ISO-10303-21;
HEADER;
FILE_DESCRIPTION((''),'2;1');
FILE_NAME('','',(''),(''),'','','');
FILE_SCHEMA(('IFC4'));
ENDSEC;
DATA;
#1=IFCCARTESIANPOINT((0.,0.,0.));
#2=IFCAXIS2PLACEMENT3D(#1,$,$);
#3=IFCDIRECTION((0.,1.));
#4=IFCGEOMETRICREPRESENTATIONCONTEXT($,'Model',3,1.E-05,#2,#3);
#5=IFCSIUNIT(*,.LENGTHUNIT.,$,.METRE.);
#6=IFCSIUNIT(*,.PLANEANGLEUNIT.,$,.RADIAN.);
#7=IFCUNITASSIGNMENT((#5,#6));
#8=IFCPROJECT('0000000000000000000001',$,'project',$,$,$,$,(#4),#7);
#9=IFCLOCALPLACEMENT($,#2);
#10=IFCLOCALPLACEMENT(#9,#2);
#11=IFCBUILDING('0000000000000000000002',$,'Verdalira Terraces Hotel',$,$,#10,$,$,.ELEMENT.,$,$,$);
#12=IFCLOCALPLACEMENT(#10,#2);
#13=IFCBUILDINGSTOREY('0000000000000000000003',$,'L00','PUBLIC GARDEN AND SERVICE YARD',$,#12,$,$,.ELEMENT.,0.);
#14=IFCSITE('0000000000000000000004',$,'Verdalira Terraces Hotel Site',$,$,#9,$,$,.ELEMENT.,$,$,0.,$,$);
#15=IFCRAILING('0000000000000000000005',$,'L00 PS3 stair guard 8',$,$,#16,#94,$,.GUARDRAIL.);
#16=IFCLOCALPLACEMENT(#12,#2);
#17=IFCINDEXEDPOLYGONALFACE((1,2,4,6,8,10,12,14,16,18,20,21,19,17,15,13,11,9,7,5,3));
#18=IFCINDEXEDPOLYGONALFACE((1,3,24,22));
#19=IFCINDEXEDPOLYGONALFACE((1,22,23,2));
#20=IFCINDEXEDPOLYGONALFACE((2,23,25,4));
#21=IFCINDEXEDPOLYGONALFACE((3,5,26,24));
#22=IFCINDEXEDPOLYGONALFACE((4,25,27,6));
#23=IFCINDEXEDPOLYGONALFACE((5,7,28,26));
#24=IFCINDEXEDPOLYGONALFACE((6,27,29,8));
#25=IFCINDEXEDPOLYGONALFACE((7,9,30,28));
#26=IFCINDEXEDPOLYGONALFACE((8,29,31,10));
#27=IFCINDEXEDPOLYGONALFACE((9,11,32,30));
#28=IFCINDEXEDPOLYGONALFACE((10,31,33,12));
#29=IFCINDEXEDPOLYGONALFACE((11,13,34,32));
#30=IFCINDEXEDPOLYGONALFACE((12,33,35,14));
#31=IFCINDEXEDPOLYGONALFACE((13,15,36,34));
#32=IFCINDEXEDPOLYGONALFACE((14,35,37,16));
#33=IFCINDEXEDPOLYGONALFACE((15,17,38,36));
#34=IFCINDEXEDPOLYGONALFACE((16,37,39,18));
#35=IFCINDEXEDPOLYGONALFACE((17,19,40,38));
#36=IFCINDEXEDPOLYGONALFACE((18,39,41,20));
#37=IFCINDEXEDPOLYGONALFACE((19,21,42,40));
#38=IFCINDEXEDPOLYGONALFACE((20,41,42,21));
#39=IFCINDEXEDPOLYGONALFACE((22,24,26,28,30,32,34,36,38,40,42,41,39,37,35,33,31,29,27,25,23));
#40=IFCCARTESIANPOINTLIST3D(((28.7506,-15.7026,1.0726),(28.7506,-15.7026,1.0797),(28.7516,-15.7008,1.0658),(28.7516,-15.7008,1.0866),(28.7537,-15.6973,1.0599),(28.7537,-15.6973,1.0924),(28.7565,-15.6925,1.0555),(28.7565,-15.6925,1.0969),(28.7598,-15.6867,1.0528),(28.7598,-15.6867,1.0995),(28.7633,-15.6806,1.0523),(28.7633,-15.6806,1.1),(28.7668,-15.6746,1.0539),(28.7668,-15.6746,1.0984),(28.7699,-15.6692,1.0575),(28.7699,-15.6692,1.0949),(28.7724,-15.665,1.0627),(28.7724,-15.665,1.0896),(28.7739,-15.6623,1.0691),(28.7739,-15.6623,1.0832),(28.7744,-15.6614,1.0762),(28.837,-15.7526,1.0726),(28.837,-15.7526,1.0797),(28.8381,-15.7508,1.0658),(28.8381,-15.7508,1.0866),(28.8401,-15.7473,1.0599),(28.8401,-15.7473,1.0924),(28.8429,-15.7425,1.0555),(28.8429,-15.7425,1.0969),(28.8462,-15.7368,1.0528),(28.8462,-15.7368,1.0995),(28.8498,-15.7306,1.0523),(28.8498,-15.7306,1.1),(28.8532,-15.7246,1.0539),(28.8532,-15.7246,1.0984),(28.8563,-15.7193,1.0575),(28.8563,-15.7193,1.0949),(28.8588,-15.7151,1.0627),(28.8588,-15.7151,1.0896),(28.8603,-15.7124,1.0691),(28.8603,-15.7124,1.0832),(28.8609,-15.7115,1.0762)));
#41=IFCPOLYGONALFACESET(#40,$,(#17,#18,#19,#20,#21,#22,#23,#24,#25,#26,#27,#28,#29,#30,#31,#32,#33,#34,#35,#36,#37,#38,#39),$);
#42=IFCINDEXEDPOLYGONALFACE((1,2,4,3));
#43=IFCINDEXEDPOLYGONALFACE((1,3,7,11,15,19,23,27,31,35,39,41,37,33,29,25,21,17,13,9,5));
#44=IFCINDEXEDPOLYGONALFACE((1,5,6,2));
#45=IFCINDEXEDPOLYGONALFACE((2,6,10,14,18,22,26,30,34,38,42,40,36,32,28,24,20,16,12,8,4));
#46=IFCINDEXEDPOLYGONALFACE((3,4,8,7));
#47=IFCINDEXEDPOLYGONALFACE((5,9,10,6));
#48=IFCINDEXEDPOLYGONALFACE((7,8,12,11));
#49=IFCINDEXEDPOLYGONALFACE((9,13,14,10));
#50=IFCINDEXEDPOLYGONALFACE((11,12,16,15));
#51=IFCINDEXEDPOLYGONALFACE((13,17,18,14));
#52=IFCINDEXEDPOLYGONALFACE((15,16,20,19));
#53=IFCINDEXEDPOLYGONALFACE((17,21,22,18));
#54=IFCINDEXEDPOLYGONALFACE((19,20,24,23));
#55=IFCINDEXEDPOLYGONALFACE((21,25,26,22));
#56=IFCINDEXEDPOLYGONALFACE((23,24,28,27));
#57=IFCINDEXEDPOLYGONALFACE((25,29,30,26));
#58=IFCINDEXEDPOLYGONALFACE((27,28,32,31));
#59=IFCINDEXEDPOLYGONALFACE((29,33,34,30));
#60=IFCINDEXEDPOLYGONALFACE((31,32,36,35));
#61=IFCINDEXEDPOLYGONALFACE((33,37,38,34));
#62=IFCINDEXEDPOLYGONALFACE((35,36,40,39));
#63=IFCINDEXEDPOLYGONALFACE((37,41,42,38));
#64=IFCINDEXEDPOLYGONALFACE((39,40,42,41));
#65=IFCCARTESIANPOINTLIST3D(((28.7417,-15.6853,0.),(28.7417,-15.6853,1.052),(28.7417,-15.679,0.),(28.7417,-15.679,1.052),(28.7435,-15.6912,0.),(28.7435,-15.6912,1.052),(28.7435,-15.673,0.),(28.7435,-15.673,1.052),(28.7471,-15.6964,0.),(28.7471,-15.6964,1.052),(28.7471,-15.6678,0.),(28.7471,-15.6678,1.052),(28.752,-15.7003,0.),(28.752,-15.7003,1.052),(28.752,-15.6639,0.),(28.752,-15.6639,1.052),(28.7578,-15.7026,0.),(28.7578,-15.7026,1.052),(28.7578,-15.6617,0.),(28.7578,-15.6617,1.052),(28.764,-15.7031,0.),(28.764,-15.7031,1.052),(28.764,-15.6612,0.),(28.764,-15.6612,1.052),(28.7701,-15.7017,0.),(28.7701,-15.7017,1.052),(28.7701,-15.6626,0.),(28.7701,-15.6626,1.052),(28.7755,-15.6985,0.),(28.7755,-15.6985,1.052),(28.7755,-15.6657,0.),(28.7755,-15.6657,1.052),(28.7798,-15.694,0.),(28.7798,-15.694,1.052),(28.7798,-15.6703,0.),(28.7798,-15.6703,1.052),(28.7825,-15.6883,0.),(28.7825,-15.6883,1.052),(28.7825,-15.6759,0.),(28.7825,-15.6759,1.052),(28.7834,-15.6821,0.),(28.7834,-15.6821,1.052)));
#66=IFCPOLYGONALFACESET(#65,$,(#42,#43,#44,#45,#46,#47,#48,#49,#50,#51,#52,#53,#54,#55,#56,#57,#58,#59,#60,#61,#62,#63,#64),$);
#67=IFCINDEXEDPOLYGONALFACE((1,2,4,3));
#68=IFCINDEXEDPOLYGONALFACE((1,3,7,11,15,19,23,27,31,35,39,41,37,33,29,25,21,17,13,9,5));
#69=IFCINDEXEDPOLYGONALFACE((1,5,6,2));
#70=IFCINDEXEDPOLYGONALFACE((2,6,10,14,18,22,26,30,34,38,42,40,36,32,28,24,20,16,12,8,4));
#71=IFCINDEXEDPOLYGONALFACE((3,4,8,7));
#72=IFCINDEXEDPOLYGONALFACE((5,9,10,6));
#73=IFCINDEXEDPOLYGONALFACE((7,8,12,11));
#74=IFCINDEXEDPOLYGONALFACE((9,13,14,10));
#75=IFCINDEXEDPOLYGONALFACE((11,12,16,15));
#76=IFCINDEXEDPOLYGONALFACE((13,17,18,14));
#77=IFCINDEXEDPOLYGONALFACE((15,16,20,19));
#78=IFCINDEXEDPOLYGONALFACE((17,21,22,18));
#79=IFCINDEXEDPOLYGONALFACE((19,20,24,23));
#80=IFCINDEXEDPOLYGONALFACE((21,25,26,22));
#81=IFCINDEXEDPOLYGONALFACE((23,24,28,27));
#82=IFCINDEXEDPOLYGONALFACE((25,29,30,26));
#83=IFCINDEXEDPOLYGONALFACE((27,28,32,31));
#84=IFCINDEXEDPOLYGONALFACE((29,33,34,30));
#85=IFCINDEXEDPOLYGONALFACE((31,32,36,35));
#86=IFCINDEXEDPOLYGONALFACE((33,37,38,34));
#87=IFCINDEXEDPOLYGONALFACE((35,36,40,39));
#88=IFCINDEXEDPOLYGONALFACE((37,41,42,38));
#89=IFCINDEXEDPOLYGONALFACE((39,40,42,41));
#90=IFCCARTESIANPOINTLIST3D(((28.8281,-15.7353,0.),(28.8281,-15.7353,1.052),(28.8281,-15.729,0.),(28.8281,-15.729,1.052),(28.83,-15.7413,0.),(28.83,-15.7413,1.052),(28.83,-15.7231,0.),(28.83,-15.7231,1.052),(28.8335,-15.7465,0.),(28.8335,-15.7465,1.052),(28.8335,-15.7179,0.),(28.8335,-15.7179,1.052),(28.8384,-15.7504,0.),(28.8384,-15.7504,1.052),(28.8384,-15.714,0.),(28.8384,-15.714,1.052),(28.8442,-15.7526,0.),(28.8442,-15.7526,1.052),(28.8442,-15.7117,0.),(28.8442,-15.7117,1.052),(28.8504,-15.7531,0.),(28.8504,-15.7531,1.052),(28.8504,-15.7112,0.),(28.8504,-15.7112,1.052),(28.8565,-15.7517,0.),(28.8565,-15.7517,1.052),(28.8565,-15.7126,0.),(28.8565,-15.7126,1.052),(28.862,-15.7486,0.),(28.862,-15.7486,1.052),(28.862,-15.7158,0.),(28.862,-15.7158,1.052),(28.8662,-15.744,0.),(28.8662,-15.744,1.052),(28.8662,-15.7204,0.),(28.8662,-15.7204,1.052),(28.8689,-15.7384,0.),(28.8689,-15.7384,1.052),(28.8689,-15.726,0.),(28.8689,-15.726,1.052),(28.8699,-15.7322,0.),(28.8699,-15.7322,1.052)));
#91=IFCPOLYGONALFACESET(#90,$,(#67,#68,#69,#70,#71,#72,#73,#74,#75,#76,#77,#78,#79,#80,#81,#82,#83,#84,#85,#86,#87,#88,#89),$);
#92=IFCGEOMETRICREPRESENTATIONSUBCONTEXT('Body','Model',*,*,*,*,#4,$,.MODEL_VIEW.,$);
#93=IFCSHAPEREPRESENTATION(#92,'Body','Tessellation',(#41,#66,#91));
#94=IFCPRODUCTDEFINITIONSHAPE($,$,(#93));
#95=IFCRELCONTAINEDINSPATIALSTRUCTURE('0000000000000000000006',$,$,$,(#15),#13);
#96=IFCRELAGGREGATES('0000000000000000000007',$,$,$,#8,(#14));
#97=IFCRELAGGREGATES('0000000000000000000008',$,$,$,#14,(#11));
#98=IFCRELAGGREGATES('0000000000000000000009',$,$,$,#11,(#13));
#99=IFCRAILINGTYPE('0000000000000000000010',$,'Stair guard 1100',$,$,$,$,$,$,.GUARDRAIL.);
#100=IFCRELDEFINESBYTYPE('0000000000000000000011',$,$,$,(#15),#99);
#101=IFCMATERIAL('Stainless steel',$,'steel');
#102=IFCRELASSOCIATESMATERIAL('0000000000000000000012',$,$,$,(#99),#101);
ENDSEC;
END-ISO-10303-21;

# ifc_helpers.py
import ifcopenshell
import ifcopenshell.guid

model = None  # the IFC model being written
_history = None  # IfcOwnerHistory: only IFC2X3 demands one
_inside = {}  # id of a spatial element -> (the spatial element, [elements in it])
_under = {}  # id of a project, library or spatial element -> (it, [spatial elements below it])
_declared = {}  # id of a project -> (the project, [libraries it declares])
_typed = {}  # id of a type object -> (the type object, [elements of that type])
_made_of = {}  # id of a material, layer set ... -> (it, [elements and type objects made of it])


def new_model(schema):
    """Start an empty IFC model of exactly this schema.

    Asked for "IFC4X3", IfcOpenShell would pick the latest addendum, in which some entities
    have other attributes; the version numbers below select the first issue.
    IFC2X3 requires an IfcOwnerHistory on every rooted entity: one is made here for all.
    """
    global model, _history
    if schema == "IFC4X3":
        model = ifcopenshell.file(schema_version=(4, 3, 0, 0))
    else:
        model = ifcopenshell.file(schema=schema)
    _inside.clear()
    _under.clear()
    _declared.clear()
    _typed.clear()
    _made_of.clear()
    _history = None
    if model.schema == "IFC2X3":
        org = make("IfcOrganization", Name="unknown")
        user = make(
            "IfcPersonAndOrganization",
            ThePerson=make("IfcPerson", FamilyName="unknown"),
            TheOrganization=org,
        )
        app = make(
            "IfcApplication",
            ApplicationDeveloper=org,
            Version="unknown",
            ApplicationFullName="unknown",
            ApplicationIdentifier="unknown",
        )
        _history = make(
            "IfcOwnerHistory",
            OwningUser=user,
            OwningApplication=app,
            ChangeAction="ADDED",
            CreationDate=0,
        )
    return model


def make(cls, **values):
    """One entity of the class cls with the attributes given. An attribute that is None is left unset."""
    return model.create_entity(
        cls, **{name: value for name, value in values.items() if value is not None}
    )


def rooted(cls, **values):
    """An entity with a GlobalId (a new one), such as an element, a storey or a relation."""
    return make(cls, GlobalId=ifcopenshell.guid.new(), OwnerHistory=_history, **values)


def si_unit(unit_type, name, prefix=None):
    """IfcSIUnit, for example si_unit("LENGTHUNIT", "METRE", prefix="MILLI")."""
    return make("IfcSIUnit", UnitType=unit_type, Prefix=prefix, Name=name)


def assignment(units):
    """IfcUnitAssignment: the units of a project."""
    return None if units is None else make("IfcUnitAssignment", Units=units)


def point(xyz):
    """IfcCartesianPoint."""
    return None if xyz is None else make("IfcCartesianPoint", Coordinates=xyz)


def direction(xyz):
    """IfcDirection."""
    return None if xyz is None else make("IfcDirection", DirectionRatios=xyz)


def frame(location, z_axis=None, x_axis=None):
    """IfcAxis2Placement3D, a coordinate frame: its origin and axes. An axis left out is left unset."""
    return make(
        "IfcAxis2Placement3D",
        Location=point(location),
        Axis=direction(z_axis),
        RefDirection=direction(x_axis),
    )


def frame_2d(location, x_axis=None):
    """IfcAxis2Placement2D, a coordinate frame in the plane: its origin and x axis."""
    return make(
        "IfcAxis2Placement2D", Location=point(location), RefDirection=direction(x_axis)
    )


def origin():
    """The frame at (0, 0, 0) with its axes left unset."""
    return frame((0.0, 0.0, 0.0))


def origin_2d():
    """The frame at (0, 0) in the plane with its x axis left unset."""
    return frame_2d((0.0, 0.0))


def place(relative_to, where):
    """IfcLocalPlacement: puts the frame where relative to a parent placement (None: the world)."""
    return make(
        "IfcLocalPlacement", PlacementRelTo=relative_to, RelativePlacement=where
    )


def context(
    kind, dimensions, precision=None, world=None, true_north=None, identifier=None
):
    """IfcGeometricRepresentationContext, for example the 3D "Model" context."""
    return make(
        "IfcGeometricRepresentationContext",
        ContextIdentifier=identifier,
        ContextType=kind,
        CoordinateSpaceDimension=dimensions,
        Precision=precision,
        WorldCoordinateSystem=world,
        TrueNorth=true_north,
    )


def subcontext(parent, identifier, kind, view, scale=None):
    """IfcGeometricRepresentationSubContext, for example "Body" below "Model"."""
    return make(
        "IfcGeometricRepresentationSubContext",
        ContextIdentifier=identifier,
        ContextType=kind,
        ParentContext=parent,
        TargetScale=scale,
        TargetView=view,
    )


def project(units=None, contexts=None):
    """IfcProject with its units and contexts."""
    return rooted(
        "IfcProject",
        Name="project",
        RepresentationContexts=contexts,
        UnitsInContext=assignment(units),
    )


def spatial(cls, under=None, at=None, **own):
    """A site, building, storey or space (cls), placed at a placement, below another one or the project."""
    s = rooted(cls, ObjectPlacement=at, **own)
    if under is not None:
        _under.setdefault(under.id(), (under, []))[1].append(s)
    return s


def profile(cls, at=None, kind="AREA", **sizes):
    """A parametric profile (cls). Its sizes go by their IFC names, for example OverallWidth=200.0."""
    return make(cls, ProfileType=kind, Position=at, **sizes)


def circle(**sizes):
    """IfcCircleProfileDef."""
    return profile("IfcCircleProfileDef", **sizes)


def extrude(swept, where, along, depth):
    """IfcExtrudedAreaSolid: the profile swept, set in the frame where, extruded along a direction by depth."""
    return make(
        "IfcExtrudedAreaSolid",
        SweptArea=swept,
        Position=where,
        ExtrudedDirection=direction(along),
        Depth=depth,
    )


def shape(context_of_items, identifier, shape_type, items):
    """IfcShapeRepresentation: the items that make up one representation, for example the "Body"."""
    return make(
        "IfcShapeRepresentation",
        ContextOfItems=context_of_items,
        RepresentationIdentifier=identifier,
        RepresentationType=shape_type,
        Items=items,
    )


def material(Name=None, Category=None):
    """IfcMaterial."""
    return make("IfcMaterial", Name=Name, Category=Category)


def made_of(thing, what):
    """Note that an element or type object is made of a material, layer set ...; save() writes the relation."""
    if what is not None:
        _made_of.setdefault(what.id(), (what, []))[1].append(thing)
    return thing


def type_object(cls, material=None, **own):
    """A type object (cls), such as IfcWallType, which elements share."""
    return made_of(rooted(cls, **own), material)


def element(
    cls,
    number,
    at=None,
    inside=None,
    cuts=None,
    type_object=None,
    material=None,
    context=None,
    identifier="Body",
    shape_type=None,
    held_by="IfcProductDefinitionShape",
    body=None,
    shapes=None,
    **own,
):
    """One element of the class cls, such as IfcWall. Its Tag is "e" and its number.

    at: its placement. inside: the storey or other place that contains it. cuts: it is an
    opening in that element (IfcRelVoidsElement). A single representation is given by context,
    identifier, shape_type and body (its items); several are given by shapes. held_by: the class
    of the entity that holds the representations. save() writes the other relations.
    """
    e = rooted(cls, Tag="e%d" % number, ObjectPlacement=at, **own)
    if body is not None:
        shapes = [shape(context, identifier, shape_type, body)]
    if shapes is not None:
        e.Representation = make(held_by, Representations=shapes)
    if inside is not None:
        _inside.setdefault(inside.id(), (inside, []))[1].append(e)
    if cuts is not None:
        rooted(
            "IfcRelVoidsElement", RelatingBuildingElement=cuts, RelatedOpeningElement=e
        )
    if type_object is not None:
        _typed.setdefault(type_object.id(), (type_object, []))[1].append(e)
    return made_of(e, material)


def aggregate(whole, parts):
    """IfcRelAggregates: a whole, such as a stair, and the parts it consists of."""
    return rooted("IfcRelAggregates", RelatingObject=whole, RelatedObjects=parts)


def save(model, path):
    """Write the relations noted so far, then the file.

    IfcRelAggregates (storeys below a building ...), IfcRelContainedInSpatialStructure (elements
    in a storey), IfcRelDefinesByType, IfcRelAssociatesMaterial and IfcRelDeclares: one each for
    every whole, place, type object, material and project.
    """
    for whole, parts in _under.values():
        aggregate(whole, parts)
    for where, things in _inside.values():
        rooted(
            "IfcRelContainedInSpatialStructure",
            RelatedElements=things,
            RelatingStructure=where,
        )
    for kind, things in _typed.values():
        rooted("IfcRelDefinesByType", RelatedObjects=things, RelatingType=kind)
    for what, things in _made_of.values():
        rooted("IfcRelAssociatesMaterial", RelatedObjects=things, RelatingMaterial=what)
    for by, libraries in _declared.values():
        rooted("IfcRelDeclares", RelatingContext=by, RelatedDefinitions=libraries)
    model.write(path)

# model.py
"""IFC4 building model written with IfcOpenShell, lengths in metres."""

from ifc_helpers import new_model, si_unit, direction, frame, origin, origin_2d, place, context, subcontext, project, spatial, circle, extrude, material, type_object, element, save


model = new_model("IFC4")

# Units and contexts
model_context = context("Model", 3, precision=1e-05, world=origin(), true_north=direction((0.0, 1.0)))
body_context = subcontext(model_context, "Body", "Model", "MODEL_VIEW")
ifc_project = project(units=[si_unit("LENGTHUNIT", "METRE"), si_unit("PLANEANGLEUNIT", "RADIAN")], contexts=[model_context])

# Site, building, storey
site_placement = place(None, origin())
site = spatial("IfcSite", under=ifc_project, at=site_placement, Name="Verdalira Terraces Hotel Site", CompositionType="ELEMENT", RefElevation=0.0)
building_placement = place(site_placement, origin())
building = spatial("IfcBuilding", under=site, at=building_placement, Name="Verdalira Terraces Hotel", CompositionType="ELEMENT")
storey_placement = place(building_placement, origin())
storey = spatial("IfcBuildingStorey", under=building, at=storey_placement, Name="L00", Description="PUBLIC GARDEN AND SERVICE YARD", CompositionType="ELEMENT", Elevation=0.0)

# Railing
ifc_material_1 = material(Name="Stainless steel", Category="steel")
railing_type = type_object("IfcRailingType", Name="Stair guard 1100", PredefinedType="GUARDRAIL", material=ifc_material_1)
railing_1_placement = place(storey_placement, frame((28.7625, -15.6821, 0.0)))
element("IfcRailing", 1, at=railing_1_placement, inside=storey, type_object=railing_type, Name="L00 PS3 stair guard 8", PredefinedType="GUARDRAIL", context=body_context, shape_type="SweptSolid", body=[
    extrude(circle(Radius=0.0239, at=origin_2d()), frame((0.0, 0.0, 1.0762), z_axis=(0.86537, -0.501133, 0.0), x_axis=(0.501133, 0.86537, 0.0)), (0.0, 0.0, 1.0), 0.0999),
    extrude(circle(Radius=0.021, at=origin_2d()), origin(), (0.0, 0.0, 1.0), 1.052),
    extrude(circle(Radius=0.021, at=origin_2d()), frame((0.0864, -0.05, 0.0)), (0.0, 0.0, 1.0), 1.052),
])

save(model, "model.ifc")
